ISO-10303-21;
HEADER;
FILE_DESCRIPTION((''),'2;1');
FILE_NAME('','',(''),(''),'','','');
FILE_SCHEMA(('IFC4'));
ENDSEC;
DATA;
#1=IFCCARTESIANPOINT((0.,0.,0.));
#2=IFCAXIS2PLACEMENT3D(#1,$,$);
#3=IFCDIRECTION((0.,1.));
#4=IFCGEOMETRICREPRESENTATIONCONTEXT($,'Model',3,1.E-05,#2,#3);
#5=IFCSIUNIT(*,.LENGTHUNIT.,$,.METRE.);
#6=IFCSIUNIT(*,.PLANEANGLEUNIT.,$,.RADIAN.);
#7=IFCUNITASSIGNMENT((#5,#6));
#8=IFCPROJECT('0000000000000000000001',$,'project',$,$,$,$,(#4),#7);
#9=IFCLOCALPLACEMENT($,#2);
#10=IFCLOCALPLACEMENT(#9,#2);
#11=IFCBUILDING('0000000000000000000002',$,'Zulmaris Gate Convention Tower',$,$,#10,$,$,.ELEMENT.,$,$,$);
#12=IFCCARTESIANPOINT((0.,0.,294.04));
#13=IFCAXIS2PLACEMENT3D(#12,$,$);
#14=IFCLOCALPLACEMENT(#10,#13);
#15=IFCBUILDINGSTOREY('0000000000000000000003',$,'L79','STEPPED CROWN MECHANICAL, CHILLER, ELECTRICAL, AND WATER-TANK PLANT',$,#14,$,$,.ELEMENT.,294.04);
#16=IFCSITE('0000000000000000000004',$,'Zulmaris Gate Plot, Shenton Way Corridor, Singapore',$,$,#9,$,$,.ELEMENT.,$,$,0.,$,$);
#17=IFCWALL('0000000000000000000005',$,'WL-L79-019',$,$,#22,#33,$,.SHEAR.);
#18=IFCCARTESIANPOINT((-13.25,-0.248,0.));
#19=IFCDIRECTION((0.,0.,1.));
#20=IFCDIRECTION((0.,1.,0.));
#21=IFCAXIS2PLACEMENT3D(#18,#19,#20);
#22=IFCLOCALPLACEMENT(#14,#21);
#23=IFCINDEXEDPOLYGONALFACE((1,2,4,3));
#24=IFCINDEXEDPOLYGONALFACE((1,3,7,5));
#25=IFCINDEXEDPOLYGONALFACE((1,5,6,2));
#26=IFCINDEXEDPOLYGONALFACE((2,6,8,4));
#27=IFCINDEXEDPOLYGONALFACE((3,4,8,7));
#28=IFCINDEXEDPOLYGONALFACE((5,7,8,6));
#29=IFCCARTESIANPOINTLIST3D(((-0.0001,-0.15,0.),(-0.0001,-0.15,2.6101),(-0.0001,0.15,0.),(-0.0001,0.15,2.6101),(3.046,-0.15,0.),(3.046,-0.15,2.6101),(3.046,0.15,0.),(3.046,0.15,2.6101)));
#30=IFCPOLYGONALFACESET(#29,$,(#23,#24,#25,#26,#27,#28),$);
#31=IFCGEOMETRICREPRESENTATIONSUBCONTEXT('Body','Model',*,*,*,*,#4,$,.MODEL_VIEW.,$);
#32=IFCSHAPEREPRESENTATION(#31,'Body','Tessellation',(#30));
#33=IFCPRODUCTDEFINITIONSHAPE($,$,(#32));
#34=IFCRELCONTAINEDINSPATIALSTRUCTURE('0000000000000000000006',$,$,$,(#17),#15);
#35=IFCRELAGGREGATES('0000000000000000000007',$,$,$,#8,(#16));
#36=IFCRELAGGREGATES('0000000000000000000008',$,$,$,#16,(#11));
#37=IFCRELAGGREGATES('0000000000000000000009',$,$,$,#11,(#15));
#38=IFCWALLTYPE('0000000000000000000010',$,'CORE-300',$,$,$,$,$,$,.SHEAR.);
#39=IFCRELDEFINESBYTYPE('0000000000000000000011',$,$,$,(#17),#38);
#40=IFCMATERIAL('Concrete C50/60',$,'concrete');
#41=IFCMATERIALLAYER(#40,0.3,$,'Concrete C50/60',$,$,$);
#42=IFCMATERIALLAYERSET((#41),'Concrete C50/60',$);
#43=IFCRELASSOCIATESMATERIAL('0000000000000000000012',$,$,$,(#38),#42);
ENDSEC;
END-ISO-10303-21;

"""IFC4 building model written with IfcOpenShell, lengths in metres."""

from ifc_helpers import new_model, si_unit, direction, frame, frame_2d, origin, place, context, subcontext, project, spatial, rectangle, extrude, material, layer, layer_set, type_object, element, save


model = new_model("IFC4")

# Units and contexts
model_context = context("Model", 3, precision=1e-05, world=origin(), true_north=direction((0.0, 1.0)))
body_context = subcontext(model_context, "Body", "Model", "MODEL_VIEW")
ifc_project = project(units=[si_unit("LENGTHUNIT", "METRE"), si_unit("PLANEANGLEUNIT", "RADIAN")], contexts=[model_context])

# Site, building, storey
site_placement = place(None, origin())
site = spatial("IfcSite", under=ifc_project, at=site_placement, Name="Zulmaris Gate Plot, Shenton Way Corridor, Singapore", CompositionType="ELEMENT", RefElevation=0.0)
building_placement = place(site_placement, origin())
building = spatial("IfcBuilding", under=site, at=building_placement, Name="Zulmaris Gate Convention Tower", CompositionType="ELEMENT")
storey_placement = place(building_placement, frame((0.0, 0.0, 294.04)))
storey = spatial("IfcBuildingStorey", under=building, at=storey_placement, Name="L79", Description="STEPPED CROWN MECHANICAL, CHILLER, ELECTRICAL, AND WATER-TANK PLANT", CompositionType="ELEMENT", Elevation=294.04)

# Shared definitions
ifc_material_1 = material(Name="Concrete C50/60", Category="concrete")

# Wall
ifc_layer_1 = layer(ifc_material_1, 0.3, Name="Concrete C50/60")
ifc_layer_set_1 = layer_set([ifc_layer_1], Name="Concrete C50/60")
wall_type_1 = type_object("IfcWallType", Name="CORE-300", PredefinedType="SHEAR", material=ifc_layer_set_1)
wall_1_placement = place(storey_placement, frame((-13.25, -0.248, 0.0), z_axis=(0.0, 0.0, 1.0), x_axis=(0.0, 1.0, 0.0)))
element("IfcWall", 1, at=wall_1_placement, inside=storey, type_object=wall_type_1, Name="WL-L79-019", PredefinedType="SHEAR", context=body_context, shape_type="SweptSolid", body=[
    extrude(rectangle(XDim=3.0461, YDim=0.3, at=frame_2d((1.5229, 0.0))), origin(), (0.0, 0.0, 1.0), 2.6101),
])

save(model, "model.ifc")
